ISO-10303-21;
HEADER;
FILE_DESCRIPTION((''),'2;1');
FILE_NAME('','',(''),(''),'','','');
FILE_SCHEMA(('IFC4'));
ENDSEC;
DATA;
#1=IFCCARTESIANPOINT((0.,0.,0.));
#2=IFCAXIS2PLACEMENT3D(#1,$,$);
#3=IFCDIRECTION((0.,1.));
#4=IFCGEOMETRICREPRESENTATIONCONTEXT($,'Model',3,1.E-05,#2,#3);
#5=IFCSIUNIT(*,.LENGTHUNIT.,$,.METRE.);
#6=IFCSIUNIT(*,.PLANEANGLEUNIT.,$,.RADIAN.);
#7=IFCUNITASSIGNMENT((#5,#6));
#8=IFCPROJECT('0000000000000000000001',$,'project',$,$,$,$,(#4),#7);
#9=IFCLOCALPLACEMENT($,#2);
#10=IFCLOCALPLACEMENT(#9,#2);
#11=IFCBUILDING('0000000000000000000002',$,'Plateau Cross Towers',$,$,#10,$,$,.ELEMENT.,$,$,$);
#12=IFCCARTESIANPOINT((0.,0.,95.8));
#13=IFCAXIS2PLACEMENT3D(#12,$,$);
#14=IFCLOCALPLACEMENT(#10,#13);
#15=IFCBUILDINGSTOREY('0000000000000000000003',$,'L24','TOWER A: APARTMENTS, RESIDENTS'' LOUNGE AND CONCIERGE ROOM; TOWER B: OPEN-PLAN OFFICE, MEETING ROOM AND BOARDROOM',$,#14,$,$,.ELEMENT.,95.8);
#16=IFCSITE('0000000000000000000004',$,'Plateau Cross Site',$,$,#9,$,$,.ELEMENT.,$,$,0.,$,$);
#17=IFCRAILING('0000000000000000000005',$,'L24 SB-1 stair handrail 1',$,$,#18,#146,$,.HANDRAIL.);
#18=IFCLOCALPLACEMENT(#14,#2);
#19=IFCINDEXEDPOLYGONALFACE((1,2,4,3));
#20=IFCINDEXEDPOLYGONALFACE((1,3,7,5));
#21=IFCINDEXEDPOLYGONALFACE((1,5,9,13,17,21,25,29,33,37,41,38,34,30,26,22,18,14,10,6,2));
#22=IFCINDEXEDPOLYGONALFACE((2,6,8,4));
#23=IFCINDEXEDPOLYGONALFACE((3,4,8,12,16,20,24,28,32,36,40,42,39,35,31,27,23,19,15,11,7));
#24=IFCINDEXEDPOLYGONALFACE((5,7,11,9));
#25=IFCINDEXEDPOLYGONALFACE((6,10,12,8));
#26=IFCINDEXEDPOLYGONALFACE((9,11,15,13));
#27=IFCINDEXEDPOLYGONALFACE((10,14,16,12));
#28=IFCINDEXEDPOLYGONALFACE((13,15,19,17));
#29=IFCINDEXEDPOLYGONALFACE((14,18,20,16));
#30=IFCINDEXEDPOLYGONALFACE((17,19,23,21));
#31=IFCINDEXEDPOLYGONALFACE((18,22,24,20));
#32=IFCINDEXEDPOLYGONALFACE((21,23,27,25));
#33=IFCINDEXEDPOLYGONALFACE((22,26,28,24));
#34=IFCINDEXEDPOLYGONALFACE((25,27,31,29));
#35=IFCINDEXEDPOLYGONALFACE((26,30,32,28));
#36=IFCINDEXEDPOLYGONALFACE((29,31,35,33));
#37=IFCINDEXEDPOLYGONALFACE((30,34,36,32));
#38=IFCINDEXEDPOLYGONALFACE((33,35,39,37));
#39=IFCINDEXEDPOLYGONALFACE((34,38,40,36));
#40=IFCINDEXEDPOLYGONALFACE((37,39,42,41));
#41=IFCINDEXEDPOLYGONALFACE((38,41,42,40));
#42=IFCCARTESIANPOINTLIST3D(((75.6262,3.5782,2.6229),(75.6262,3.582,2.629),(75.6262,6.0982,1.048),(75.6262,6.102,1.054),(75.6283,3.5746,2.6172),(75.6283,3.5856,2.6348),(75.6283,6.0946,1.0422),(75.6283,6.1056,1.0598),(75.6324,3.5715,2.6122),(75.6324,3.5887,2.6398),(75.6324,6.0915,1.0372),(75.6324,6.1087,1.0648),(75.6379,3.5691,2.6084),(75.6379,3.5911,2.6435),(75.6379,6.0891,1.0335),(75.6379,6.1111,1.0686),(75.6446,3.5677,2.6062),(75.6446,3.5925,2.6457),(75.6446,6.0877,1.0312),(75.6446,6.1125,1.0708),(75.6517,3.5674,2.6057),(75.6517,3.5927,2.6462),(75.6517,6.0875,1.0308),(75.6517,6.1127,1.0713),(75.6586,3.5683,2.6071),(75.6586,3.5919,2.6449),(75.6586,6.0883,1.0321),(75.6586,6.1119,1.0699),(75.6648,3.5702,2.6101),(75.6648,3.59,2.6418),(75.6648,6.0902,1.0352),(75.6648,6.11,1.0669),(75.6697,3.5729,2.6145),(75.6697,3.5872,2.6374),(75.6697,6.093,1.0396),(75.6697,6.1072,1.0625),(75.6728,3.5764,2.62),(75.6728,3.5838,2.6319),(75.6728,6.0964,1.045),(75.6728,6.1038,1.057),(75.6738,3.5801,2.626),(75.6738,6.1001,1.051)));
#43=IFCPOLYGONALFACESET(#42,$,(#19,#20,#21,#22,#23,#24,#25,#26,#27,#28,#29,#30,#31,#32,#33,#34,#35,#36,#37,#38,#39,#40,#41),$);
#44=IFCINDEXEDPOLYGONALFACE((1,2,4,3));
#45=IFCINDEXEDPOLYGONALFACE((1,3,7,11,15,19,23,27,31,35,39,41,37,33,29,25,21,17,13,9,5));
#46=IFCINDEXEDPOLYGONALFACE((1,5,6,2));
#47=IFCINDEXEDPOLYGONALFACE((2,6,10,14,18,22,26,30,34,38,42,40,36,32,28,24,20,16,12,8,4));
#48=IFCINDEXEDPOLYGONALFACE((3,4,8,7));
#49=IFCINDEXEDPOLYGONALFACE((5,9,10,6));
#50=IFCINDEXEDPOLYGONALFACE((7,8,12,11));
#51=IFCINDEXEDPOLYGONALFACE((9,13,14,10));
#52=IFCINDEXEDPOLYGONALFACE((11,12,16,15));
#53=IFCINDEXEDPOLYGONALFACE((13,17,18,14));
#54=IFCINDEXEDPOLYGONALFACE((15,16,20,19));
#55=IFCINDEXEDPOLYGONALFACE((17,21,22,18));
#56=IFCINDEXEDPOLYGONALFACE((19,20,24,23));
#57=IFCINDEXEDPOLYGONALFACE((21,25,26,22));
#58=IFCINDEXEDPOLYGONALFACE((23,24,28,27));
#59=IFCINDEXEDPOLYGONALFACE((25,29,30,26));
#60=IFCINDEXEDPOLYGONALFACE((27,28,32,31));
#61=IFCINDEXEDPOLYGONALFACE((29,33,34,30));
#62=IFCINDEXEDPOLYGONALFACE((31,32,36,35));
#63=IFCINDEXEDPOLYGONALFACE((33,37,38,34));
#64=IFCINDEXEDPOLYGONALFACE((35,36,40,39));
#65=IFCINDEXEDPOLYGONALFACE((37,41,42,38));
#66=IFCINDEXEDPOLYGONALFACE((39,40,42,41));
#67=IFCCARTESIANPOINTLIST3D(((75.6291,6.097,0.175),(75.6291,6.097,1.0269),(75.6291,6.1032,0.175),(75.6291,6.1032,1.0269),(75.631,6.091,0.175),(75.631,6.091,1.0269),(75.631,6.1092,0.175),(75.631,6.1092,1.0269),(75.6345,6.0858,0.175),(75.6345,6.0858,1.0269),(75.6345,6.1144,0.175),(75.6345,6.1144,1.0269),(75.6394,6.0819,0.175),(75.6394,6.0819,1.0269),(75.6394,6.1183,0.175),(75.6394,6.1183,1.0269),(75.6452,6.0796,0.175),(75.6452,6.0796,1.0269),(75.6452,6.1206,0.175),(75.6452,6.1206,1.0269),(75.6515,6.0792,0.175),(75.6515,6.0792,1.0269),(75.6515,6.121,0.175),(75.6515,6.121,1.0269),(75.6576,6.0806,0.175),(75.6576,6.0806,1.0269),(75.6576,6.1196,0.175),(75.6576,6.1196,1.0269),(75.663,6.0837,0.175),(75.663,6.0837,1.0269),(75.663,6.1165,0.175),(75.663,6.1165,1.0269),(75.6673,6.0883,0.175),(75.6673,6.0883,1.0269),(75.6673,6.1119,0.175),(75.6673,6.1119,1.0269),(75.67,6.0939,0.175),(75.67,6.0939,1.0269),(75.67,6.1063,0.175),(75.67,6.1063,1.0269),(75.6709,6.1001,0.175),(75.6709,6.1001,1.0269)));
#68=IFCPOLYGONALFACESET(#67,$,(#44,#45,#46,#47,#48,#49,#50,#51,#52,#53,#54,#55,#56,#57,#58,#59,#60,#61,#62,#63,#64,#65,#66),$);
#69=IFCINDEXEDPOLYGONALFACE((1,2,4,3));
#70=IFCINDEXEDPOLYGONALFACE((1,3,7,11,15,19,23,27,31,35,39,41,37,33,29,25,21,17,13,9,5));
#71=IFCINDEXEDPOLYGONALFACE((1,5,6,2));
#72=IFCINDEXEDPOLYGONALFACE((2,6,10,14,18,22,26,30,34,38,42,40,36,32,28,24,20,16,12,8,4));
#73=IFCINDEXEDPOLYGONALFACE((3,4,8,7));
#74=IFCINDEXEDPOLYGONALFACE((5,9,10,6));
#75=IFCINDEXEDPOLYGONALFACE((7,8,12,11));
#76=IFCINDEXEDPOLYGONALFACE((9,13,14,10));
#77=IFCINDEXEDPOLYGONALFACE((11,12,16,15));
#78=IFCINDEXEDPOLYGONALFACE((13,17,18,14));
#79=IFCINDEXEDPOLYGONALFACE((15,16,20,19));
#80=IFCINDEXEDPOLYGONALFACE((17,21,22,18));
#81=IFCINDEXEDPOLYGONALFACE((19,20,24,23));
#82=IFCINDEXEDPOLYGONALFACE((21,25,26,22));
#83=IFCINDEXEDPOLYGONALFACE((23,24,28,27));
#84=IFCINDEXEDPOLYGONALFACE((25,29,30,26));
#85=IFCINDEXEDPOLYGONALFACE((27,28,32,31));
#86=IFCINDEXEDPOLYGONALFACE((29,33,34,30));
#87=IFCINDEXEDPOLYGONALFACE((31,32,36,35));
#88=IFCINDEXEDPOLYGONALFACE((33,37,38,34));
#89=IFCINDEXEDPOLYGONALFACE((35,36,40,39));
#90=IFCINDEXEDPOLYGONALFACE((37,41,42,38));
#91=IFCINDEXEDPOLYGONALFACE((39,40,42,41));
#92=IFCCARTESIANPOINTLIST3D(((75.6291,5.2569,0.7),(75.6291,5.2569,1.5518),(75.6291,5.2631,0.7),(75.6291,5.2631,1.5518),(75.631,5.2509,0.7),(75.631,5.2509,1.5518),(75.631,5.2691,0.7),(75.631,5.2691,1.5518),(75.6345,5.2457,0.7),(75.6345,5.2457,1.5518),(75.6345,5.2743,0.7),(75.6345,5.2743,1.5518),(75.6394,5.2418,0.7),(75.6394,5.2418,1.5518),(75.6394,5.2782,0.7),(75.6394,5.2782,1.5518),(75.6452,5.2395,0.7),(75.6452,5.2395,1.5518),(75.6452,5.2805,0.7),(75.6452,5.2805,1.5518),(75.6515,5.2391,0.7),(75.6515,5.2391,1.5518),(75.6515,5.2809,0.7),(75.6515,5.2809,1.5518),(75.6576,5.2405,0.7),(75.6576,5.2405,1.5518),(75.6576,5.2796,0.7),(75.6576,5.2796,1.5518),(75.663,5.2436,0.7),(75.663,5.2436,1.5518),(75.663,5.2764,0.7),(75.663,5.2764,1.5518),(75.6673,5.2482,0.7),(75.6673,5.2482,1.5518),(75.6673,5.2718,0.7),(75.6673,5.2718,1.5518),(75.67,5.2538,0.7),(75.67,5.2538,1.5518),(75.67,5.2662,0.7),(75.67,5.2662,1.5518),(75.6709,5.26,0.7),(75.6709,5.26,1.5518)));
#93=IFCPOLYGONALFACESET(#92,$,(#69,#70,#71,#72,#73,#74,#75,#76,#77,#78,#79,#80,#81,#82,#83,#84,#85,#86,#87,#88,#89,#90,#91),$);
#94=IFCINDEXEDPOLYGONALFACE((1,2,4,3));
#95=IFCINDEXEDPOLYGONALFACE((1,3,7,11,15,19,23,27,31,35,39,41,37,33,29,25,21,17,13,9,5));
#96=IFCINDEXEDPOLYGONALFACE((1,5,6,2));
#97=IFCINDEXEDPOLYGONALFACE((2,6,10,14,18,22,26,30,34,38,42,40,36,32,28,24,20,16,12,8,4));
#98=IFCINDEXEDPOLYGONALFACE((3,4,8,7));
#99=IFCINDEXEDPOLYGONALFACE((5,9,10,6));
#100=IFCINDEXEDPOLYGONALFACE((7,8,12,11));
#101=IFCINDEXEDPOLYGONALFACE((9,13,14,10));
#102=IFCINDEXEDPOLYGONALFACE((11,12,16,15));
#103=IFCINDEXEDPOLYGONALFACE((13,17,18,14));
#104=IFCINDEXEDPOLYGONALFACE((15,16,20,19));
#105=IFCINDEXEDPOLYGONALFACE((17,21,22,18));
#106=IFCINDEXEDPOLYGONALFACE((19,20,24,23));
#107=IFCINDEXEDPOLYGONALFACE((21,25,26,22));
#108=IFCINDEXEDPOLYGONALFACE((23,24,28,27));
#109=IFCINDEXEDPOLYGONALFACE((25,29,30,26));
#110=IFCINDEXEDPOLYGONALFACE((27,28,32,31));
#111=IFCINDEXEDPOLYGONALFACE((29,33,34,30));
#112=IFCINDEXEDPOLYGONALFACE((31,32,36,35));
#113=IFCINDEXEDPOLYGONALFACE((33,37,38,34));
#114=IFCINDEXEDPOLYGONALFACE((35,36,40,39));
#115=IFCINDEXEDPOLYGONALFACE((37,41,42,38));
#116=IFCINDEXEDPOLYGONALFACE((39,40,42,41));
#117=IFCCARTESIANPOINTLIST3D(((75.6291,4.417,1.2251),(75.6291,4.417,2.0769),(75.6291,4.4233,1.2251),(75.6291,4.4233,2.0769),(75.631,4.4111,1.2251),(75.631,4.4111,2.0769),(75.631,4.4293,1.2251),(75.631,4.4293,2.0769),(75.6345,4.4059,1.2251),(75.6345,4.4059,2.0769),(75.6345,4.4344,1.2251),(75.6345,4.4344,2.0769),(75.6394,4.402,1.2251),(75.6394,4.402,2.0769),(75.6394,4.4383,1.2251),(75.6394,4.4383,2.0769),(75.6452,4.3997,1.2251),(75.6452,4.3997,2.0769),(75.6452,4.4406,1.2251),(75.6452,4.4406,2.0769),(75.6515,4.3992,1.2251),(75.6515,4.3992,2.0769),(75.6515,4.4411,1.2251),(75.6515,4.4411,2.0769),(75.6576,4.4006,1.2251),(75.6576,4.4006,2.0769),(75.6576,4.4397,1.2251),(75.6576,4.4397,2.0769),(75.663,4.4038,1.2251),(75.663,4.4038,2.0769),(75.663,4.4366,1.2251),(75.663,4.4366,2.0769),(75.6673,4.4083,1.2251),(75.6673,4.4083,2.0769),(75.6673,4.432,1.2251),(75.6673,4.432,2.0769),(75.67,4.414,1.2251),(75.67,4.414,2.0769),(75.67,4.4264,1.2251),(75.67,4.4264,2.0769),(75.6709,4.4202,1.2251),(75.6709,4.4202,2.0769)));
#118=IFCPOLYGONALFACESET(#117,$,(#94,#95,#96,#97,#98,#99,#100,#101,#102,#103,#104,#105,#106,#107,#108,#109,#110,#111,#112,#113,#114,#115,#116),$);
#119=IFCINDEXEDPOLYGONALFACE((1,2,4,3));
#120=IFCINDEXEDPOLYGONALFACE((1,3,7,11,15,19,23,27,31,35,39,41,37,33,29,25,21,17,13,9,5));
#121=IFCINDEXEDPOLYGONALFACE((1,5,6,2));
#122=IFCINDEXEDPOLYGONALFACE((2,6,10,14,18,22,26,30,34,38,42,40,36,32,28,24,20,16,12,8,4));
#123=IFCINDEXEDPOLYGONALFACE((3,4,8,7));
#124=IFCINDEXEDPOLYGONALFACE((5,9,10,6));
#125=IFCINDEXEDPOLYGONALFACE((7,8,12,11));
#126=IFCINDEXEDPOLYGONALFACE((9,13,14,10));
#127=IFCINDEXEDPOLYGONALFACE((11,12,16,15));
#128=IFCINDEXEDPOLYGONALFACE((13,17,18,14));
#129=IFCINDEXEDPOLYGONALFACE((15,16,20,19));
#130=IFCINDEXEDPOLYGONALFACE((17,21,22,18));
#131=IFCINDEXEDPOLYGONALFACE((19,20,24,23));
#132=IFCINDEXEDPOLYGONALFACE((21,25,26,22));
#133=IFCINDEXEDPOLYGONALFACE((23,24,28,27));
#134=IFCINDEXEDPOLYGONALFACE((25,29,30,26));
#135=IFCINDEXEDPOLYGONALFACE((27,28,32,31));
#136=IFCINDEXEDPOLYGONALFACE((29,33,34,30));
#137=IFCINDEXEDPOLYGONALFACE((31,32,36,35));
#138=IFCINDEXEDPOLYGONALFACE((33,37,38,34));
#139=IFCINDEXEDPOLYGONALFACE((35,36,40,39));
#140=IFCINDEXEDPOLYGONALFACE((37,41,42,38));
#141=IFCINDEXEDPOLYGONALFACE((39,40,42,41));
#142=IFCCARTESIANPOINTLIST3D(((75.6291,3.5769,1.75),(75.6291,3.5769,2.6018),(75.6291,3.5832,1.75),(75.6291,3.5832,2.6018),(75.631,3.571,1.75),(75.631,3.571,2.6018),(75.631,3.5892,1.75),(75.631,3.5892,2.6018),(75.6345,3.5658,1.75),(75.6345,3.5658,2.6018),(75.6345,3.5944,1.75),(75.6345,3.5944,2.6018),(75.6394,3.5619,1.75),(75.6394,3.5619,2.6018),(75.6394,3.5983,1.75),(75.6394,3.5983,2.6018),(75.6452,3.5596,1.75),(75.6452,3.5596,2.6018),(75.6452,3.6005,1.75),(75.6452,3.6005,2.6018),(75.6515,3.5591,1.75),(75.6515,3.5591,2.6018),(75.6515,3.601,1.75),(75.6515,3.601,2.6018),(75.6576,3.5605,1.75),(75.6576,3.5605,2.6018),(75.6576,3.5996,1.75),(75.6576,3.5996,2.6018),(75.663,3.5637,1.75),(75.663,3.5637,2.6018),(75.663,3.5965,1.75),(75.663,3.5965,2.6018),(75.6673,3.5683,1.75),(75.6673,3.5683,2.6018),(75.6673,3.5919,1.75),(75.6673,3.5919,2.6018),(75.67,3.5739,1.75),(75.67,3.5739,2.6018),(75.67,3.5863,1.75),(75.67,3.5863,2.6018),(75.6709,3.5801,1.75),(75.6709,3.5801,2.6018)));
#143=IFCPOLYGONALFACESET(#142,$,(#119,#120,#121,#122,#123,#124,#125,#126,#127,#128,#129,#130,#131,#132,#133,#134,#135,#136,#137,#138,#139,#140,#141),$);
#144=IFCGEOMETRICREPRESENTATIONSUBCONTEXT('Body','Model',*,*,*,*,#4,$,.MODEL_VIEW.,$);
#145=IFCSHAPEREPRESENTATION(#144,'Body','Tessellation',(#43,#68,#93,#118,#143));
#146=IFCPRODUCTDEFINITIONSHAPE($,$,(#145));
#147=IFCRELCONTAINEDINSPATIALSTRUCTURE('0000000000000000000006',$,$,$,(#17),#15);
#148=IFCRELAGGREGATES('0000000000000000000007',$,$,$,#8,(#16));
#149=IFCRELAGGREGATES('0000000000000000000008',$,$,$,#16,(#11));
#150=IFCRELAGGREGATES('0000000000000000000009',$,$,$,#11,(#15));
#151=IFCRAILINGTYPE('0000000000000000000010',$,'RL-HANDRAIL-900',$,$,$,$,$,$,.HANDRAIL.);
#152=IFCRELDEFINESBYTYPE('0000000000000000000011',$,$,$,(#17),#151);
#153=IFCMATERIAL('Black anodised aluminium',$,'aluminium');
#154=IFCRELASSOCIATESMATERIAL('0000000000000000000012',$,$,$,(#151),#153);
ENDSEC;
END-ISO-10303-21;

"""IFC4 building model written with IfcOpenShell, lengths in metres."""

from ifc_helpers import new_model, si_unit, direction, frame, origin, origin_2d, place, context, subcontext, project, spatial, circle, extrude, material, type_object, element, save


model = new_model("IFC4")

# Units and contexts
model_context = context("Model", 3, precision=1e-05, world=origin(), true_north=direction((0.0, 1.0)))
body_context = subcontext(model_context, "Body", "Model", "MODEL_VIEW")
ifc_project = project(units=[si_unit("LENGTHUNIT", "METRE"), si_unit("PLANEANGLEUNIT", "RADIAN")], contexts=[model_context])

# Site, building, storey
site_placement = place(None, origin())
site = spatial("IfcSite", under=ifc_project, at=site_placement, Name="Plateau Cross Site", CompositionType="ELEMENT", RefElevation=0.0)
building_placement = place(site_placement, origin())
building = spatial("IfcBuilding", under=site, at=building_placement, Name="Plateau Cross Towers", CompositionType="ELEMENT")
storey_placement = place(building_placement, frame((0.0, 0.0, 95.8)))
storey = spatial("IfcBuildingStorey", under=building, at=storey_placement, Name="L24", Description="TOWER A: APARTMENTS, RESIDENTS' LOUNGE AND CONCIERGE ROOM; TOWER B: OPEN-PLAN OFFICE, MEETING ROOM AND BOARDROOM", CompositionType="ELEMENT", Elevation=95.8)

# Railing
ifc_material_1 = material(Name="Black anodised aluminium", Category="aluminium")
railing_type_1 = type_object("IfcRailingType", Name="RL-HANDRAIL-900", PredefinedType="HANDRAIL", material=ifc_material_1)
railing_1_placement = place(storey_placement, frame((75.6499, 6.1001, 0.175)))
element("IfcRailing", 1, at=railing_1_placement, inside=storey, type_object=railing_type_1, Name="L24 SB-1 stair handrail 1", PredefinedType="HANDRAIL", context=body_context, shape_type="SweptSolid", body=[
    extrude(circle(Radius=0.0239, at=origin_2d()), frame((0.0, 0.0, 0.876), z_axis=(0.0, -0.848008, 0.529984), x_axis=(1.0, 0.0, 0.0)), (0.0, 0.0, 1.0), 2.9717),
    extrude(circle(Radius=0.021, at=origin_2d()), origin(), (0.0, 0.0, 1.0), 0.8518),
    extrude(circle(Radius=0.021, at=origin_2d()), frame((0.0, -0.8401, 0.5249)), (0.0, 0.0, 1.0), 0.8518),
    extrude(circle(Radius=0.021, at=origin_2d()), frame((0.0, -1.6799, 1.05)), (0.0, 0.0, 1.0), 0.8518),
    extrude(circle(Radius=0.021, at=origin_2d()), frame((0.0, -2.52, 1.575)), (0.0, 0.0, 1.0), 0.8518),
])

save(model, "model.ifc")
